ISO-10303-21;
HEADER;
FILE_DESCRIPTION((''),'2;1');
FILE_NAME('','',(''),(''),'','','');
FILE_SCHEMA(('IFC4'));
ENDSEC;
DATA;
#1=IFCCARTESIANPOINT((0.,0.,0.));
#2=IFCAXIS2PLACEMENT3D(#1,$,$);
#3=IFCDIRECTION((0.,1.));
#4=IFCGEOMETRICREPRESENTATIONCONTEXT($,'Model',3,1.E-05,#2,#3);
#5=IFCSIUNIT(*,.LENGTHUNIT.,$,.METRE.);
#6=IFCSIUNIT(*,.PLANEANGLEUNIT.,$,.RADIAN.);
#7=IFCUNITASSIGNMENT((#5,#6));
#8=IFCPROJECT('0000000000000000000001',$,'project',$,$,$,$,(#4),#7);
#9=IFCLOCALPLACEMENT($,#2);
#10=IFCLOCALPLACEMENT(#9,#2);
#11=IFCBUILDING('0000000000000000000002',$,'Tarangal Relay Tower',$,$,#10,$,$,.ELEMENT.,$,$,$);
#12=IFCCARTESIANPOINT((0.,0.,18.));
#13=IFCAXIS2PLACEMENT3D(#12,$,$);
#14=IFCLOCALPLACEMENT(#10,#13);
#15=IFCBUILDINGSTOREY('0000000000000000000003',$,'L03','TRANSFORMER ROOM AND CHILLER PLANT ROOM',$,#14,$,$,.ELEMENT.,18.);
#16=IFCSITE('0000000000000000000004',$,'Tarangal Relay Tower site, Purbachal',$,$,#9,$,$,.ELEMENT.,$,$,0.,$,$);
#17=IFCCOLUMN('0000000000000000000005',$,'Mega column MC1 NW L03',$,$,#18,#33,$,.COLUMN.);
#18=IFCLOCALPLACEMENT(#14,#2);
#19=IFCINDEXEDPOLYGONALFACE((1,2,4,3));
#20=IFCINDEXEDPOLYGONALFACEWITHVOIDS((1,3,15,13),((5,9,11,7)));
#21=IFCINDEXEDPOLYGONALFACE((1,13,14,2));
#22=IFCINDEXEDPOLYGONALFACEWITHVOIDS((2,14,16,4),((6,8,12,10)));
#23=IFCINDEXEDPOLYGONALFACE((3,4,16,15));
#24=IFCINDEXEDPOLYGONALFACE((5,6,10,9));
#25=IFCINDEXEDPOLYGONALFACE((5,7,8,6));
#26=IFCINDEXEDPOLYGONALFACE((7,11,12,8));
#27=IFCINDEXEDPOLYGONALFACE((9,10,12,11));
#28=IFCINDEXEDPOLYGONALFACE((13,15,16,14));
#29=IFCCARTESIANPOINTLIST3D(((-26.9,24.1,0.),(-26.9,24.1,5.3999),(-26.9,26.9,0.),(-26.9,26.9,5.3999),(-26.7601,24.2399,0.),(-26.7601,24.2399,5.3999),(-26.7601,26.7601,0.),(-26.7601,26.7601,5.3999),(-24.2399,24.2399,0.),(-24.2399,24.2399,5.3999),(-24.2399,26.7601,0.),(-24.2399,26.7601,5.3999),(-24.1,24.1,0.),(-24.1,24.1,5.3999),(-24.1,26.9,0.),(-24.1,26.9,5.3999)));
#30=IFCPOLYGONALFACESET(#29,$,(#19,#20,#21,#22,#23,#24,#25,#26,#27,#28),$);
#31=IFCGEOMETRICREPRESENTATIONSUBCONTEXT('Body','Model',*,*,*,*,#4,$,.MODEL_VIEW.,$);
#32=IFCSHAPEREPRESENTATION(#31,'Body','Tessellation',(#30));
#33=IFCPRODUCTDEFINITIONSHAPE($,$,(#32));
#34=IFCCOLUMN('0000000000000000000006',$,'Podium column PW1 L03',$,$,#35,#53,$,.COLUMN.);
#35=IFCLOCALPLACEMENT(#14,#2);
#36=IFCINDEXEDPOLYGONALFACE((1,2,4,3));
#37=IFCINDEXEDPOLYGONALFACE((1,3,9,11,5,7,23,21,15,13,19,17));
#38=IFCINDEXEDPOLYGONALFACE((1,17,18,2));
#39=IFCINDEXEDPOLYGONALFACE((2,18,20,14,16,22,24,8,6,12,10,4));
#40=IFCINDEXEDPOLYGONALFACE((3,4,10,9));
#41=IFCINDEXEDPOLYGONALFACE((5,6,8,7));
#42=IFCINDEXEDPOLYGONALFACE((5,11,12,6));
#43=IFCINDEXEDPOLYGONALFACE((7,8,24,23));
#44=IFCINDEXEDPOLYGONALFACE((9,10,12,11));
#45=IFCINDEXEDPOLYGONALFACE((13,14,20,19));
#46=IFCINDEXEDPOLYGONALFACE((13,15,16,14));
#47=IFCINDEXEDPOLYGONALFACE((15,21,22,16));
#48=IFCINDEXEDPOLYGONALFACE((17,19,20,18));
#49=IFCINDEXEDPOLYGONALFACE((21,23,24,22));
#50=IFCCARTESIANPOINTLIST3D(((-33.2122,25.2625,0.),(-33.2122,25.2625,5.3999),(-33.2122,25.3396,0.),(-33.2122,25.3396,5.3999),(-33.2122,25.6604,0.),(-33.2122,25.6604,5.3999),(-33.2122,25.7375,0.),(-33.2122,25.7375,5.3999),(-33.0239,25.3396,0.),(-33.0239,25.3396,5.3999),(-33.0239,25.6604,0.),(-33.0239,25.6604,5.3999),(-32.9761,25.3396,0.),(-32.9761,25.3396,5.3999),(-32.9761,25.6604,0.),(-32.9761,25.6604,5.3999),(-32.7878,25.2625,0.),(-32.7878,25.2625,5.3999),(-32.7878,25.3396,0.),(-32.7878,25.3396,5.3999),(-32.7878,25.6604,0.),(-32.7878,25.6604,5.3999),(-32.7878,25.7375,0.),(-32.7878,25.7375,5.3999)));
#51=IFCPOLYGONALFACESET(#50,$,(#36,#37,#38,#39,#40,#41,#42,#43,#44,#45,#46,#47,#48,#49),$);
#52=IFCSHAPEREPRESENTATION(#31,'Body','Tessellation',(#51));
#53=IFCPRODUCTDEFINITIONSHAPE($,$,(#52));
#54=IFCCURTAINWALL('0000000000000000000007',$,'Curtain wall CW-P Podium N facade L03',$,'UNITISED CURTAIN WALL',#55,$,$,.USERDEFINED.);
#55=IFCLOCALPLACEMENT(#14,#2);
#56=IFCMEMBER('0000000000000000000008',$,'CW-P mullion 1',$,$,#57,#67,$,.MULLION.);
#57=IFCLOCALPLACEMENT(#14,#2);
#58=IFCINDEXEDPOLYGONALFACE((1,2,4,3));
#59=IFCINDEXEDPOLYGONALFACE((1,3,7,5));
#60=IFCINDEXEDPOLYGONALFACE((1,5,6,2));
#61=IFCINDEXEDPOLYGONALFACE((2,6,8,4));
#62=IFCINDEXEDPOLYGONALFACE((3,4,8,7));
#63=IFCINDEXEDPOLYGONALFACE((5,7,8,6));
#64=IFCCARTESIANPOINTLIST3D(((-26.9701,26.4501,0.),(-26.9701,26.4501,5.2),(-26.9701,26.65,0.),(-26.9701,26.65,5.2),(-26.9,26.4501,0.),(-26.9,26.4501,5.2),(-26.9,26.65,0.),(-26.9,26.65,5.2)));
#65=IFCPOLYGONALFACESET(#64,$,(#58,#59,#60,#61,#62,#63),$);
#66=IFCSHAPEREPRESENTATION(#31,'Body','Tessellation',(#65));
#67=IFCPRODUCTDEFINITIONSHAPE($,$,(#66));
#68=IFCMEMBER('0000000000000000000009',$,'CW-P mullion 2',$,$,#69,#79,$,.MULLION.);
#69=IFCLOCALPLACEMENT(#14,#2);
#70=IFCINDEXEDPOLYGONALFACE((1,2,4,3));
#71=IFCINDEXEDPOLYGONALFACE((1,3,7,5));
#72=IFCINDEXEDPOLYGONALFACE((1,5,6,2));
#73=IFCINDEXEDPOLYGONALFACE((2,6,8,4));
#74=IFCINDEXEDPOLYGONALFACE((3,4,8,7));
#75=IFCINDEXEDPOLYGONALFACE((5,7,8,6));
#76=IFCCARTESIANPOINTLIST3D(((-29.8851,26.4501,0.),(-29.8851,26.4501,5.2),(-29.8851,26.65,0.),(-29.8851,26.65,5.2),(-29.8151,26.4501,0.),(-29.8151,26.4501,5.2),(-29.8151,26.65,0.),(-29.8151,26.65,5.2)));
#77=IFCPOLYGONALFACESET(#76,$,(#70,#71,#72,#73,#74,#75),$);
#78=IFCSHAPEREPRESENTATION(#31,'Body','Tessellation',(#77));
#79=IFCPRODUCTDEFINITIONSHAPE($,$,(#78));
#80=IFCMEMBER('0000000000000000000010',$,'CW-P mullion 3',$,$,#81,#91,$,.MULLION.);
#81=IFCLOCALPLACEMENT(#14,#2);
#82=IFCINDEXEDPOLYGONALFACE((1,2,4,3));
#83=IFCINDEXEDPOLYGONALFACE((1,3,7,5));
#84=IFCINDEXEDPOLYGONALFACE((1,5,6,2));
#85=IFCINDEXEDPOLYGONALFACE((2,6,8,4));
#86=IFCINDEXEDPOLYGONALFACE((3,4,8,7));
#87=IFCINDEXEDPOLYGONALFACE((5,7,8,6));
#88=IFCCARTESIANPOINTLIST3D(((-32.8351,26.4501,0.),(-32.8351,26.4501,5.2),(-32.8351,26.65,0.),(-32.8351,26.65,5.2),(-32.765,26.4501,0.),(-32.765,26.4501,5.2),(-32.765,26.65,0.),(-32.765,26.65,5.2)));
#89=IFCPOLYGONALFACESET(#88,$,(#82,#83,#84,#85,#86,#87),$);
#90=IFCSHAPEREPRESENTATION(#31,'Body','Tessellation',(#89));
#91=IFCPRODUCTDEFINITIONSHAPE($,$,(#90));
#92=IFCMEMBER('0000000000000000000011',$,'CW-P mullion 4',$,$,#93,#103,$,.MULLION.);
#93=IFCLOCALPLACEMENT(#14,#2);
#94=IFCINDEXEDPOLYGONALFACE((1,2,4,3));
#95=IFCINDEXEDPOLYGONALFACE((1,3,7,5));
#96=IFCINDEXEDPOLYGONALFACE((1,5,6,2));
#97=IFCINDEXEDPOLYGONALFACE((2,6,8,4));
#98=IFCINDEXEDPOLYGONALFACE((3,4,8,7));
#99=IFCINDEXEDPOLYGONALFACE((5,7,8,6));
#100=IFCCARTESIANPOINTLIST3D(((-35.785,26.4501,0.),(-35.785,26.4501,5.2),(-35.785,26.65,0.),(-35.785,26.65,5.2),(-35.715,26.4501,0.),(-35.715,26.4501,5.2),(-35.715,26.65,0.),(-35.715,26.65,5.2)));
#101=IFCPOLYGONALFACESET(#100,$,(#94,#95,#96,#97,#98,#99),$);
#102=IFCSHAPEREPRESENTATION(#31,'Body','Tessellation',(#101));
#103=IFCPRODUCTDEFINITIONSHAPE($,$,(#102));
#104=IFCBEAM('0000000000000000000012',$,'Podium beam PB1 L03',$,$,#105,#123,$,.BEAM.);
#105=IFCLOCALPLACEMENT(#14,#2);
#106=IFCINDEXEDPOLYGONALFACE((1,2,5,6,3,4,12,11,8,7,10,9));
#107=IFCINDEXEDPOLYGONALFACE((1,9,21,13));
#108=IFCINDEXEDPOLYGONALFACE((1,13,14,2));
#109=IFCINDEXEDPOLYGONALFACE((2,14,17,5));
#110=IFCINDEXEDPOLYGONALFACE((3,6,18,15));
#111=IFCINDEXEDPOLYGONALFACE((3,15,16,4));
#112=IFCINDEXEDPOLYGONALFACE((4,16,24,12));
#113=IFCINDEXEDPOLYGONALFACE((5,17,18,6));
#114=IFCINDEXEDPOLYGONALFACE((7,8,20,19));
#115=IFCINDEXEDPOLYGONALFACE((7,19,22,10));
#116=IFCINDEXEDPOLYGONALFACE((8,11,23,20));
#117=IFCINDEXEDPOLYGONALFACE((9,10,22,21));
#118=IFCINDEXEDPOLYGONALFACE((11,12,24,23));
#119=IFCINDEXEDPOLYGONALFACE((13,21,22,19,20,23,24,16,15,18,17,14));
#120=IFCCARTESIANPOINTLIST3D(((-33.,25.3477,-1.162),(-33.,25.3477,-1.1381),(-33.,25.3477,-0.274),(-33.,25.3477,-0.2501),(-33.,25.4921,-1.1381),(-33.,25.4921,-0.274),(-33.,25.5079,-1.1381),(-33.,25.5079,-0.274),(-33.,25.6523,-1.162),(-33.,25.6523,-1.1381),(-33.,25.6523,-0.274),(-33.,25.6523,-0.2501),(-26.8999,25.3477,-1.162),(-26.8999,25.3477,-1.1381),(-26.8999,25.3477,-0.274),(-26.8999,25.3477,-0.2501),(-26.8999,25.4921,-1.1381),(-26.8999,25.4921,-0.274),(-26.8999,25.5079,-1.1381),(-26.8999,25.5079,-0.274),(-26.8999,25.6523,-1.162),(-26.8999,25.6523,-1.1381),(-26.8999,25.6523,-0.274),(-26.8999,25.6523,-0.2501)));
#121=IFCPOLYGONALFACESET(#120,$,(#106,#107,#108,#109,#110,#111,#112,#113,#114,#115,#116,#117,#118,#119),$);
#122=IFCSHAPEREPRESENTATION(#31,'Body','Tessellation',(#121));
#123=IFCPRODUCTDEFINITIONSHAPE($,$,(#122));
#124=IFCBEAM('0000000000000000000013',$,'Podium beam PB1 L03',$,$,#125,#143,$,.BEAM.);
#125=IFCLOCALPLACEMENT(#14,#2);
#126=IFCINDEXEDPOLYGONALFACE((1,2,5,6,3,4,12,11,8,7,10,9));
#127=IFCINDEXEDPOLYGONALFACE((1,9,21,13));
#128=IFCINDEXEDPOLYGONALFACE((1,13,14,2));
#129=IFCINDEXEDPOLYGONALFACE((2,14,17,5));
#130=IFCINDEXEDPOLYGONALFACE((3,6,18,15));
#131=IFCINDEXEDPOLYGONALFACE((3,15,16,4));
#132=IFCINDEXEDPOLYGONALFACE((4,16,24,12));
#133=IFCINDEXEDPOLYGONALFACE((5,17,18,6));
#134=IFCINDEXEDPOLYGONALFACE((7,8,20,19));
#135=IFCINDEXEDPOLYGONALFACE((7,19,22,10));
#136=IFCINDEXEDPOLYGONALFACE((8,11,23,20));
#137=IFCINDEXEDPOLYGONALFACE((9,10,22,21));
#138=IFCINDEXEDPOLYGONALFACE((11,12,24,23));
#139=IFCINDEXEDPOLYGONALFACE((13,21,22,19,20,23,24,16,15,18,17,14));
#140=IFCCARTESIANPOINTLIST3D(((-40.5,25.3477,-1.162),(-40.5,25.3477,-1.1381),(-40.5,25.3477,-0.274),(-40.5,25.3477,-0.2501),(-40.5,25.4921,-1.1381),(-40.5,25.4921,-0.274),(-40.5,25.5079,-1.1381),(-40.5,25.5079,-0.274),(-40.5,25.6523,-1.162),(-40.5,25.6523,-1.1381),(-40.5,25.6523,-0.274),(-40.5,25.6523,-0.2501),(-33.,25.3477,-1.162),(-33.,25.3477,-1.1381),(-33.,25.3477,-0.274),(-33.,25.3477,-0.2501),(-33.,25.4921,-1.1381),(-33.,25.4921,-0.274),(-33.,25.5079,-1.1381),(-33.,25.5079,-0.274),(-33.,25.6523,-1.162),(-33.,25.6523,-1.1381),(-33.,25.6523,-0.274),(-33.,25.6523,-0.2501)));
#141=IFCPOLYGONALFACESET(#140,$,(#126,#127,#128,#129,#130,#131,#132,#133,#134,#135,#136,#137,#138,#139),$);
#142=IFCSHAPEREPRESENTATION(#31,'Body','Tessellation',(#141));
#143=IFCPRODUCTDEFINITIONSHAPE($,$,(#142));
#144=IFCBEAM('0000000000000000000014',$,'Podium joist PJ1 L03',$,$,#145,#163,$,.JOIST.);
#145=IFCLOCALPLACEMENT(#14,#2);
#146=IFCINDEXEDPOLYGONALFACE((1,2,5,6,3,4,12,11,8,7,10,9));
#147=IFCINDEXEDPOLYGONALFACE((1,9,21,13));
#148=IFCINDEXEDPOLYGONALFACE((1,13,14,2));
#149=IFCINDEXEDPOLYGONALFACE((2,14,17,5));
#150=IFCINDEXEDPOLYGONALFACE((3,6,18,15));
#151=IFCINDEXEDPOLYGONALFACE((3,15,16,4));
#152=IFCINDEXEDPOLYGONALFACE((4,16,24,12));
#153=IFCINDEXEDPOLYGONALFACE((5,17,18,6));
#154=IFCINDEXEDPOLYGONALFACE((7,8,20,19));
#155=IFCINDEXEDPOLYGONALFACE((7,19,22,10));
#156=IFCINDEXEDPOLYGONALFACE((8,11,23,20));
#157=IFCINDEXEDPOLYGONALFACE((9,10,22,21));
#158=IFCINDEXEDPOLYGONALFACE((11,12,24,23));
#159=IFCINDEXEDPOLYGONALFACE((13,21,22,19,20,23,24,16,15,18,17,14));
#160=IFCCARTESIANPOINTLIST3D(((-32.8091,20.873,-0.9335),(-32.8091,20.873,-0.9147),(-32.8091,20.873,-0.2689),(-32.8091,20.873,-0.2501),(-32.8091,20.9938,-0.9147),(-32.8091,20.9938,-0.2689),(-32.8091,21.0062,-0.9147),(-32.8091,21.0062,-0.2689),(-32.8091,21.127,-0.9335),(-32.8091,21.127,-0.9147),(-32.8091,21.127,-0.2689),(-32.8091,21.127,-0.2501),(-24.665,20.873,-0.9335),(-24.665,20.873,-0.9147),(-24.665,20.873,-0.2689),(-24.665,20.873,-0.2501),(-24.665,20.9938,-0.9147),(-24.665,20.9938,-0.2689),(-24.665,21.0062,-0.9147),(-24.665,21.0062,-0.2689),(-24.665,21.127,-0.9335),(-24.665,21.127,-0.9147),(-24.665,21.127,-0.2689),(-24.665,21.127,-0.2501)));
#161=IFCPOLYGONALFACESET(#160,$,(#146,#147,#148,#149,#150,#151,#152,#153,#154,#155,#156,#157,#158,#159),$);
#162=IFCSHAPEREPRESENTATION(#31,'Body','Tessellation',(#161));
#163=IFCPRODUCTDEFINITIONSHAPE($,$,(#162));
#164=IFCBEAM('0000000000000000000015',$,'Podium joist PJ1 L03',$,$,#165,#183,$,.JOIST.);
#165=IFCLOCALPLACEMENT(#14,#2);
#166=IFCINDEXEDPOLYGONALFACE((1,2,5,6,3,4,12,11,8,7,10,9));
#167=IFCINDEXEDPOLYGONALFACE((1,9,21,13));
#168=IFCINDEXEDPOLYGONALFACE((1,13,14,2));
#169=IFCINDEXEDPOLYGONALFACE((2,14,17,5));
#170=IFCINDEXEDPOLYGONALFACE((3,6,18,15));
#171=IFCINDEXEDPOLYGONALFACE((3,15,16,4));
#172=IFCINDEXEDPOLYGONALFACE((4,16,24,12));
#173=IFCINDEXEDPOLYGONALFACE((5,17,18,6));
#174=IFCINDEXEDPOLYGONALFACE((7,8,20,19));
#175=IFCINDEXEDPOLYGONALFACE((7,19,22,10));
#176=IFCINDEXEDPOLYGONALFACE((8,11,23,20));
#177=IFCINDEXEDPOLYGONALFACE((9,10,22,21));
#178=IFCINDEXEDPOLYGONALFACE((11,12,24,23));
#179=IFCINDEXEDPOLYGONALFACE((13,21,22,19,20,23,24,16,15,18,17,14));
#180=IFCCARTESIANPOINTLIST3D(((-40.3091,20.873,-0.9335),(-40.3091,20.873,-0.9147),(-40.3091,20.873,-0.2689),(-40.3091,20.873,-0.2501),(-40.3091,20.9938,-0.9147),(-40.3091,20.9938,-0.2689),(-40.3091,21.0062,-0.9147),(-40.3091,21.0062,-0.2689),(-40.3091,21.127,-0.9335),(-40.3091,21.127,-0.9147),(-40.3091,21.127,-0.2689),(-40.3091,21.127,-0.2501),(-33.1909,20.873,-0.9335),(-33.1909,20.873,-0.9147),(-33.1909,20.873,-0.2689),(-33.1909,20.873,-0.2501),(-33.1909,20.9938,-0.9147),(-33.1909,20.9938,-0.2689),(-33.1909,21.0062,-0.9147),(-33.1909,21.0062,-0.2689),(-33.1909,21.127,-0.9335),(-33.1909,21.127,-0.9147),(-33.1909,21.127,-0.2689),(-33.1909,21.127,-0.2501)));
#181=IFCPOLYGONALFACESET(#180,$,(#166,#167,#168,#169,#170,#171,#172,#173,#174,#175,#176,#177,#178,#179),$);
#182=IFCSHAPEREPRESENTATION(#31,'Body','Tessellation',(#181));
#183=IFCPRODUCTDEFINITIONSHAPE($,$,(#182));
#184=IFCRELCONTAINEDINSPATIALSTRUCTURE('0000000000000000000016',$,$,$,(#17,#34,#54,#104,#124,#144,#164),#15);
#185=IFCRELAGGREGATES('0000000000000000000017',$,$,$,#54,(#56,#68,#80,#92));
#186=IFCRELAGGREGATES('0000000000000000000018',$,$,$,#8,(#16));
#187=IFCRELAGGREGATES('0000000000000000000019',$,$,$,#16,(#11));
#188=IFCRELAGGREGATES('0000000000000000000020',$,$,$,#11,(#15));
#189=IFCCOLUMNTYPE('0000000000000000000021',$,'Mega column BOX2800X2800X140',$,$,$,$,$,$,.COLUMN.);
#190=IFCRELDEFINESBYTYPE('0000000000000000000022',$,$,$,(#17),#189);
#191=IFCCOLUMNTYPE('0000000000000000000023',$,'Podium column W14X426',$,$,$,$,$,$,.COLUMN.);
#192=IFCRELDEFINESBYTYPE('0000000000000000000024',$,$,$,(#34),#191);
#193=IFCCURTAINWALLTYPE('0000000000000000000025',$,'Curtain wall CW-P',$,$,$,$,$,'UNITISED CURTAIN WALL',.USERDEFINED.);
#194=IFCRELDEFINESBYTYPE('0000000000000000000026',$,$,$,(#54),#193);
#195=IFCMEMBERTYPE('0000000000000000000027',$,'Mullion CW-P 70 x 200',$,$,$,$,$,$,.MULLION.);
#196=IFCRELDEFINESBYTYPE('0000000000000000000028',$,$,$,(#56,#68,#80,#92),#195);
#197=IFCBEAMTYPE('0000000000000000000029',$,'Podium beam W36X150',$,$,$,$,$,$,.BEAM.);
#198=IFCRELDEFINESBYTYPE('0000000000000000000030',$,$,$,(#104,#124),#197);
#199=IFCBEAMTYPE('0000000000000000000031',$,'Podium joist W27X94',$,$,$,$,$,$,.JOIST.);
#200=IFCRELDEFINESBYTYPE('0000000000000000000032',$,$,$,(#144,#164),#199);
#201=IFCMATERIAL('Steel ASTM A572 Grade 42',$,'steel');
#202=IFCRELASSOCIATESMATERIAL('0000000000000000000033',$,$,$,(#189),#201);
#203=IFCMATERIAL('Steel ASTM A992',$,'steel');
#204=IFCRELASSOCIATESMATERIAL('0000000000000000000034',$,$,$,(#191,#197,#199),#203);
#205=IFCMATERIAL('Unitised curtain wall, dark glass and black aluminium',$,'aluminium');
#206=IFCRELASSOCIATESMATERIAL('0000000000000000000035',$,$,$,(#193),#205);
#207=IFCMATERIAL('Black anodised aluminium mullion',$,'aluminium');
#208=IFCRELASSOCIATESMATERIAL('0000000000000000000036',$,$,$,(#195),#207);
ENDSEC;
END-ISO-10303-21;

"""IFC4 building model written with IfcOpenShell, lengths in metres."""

from ifc_helpers import new_model, si_unit, direction, frame, origin, origin_2d, place, context, subcontext, project, spatial, rectangle, hollow_rectangle, i_section, extrude, material, material_profile, profile_set, type_object, element, aggregate, save


model = new_model("IFC4")

# Units and contexts
model_context = context("Model", 3, precision=1e-05, world=origin(), true_north=direction((0.0, 1.0)))
body_context = subcontext(model_context, "Body", "Model", "MODEL_VIEW")
ifc_project = project(units=[si_unit("LENGTHUNIT", "METRE"), si_unit("PLANEANGLEUNIT", "RADIAN")], contexts=[model_context])

# Site, building, storey
site_placement = place(None, origin())
site = spatial("IfcSite", under=ifc_project, at=site_placement, Name="Tarangal Relay Tower site, Purbachal", CompositionType="ELEMENT", RefElevation=0.0)
building_placement = place(site_placement, origin())
building = spatial("IfcBuilding", under=site, at=building_placement, Name="Tarangal Relay Tower", CompositionType="ELEMENT")
storey_placement = place(building_placement, frame((0.0, 0.0, 18.0)))
storey = spatial("IfcBuildingStorey", under=building, at=storey_placement, Name="L03", Description="TRANSFORMER ROOM AND CHILLER PLANT ROOM", CompositionType="ELEMENT", Elevation=18.0)

# Columns
ifc_material_1 = material(Name="Steel ASTM A572 Grade 42", Category="steel")
ifc_material_profile_1 = material_profile(ifc_material_1, hollow_rectangle(XDim=2.8, YDim=2.8, WallThickness=0.1399, at=origin_2d()), Name="BOX2800X2800X140")
ifc_profile_set_1 = profile_set([ifc_material_profile_1], Name="Steel ASTM A572 Grade 42")
column_type_1 = type_object("IfcColumnType", Name="Mega column BOX2800X2800X140", PredefinedType="COLUMN", material=ifc_profile_set_1)
column_1_placement = place(storey_placement, frame((-25.5, 25.5, 0.0), z_axis=(0.0, 0.0, 1.0), x_axis=(1.0, 0.0, 0.0)))
element("IfcColumn", 1, at=column_1_placement, inside=storey, type_object=column_type_1, Name="Mega column MC1 NW L03", PredefinedType="COLUMN", context=body_context, shape_type="SweptSolid", body=[
    extrude(hollow_rectangle(XDim=2.8, YDim=2.8, WallThickness=0.1399, at=origin_2d()), origin(), (0.0, 0.0, 1.0), 5.3999),
])
ifc_material_2 = material(Name="Steel ASTM A992", Category="steel")
ifc_material_profile_2 = material_profile(ifc_material_2, i_section(OverallWidth=0.4243, OverallDepth=0.4751, WebThickness=0.0479, FlangeThickness=0.0771, at=origin_2d()), Name="W14X426")
ifc_profile_set_2 = profile_set([ifc_material_profile_2], Name="Steel ASTM A992")
column_type_2 = type_object("IfcColumnType", Name="Podium column W14X426", PredefinedType="COLUMN", material=ifc_profile_set_2)
column_2_placement = place(storey_placement, frame((-33.0, 25.5, 0.0), z_axis=(0.0, 0.0, 1.0), x_axis=(1.0, 0.0, 0.0)))
element("IfcColumn", 2, at=column_2_placement, inside=storey, type_object=column_type_2, Name="Podium column PW1 L03", PredefinedType="COLUMN", context=body_context, shape_type="SweptSolid", body=[
    extrude(i_section(OverallWidth=0.4243, OverallDepth=0.4751, WebThickness=0.0479, FlangeThickness=0.0771, at=origin_2d()), origin(), (0.0, 0.0, 1.0), 5.3999),
])

# Curtain wall, members
ifc_material_3 = material(Name="Unitised curtain wall, dark glass and black aluminium", Category="aluminium")
curtain_wall_type = type_object("IfcCurtainWallType", Name="Curtain wall CW-P", ElementType="UNITISED CURTAIN WALL", PredefinedType="USERDEFINED", material=ifc_material_3)
curtain_wall_placement = place(storey_placement, origin())
curtain_wall = element("IfcCurtainWall", 3, at=curtain_wall_placement, inside=storey, type_object=curtain_wall_type, Name="Curtain wall CW-P Podium N facade L03", ObjectType="UNITISED CURTAIN WALL", PredefinedType="USERDEFINED")
ifc_material_4 = material(Name="Black anodised aluminium mullion", Category="aluminium")
ifc_material_profile_3 = material_profile(ifc_material_4, rectangle(XDim=0.2, YDim=0.0701, at=origin_2d()), Name="CW-PM 70X200")
ifc_profile_set_3 = profile_set([ifc_material_profile_3], Name="Black anodised aluminium mullion")
member_type_1 = type_object("IfcMemberType", Name="Mullion CW-P 70 x 200", PredefinedType="MULLION", material=ifc_profile_set_3)
member_1_placement = place(storey_placement, frame((-26.9351, 26.55, 0.0), z_axis=(0.0, 0.0, 1.0), x_axis=(0.0, -1.0, 0.0)))
member_1 = element("IfcMember", 4, at=member_1_placement, type_object=member_type_1, Name="CW-P mullion 1", PredefinedType="MULLION", context=body_context, shape_type="SweptSolid", body=[
    extrude(rectangle(XDim=0.2, YDim=0.0701, at=origin_2d()), origin(), (0.0, 0.0, 1.0), 5.2),
])
member_2_placement = place(storey_placement, frame((-29.8501, 26.55, 0.0), z_axis=(0.0, 0.0, 1.0), x_axis=(0.0, -1.0, 0.0)))
member_2 = element("IfcMember", 5, at=member_2_placement, type_object=member_type_1, Name="CW-P mullion 2", PredefinedType="MULLION", context=body_context, shape_type="SweptSolid", body=[
    extrude(rectangle(XDim=0.2, YDim=0.0701, at=origin_2d()), origin(), (0.0, 0.0, 1.0), 5.2),
])
member_3_placement = place(storey_placement, frame((-32.8, 26.55, 0.0), z_axis=(0.0, 0.0, 1.0), x_axis=(0.0, -1.0, 0.0)))
member_3 = element("IfcMember", 6, at=member_3_placement, type_object=member_type_1, Name="CW-P mullion 3", PredefinedType="MULLION", context=body_context, shape_type="SweptSolid", body=[
    extrude(rectangle(XDim=0.2, YDim=0.0701, at=origin_2d()), origin(), (0.0, 0.0, 1.0), 5.2),
])
member_4_placement = place(storey_placement, frame((-35.75, 26.55, 0.0), z_axis=(0.0, 0.0, 1.0), x_axis=(0.0, -1.0, 0.0)))
member_4 = element("IfcMember", 7, at=member_4_placement, type_object=member_type_1, Name="CW-P mullion 4", PredefinedType="MULLION", context=body_context, shape_type="SweptSolid", body=[
    extrude(rectangle(XDim=0.2, YDim=0.0701, at=origin_2d()), origin(), (0.0, 0.0, 1.0), 5.2),
])

# Beams
ifc_material_profile_4 = material_profile(ifc_material_2, i_section(OverallWidth=0.3047, OverallDepth=0.9119, WebThickness=0.0159, FlangeThickness=0.0239, at=origin_2d()), Name="W36X150")
ifc_profile_set_4 = profile_set([ifc_material_profile_4], Name="Steel ASTM A992")
beam_type_1 = type_object("IfcBeamType", Name="Podium beam W36X150", PredefinedType="BEAM", material=ifc_profile_set_4)
beam_1_placement = place(storey_placement, frame((-26.8999, 25.5, -0.7061), z_axis=(-1.0, 0.0, 0.0), x_axis=(0.0, -1.0, 0.0)))
element("IfcBeam", 8, at=beam_1_placement, inside=storey, type_object=beam_type_1, Name="Podium beam PB1 L03", PredefinedType="BEAM", context=body_context, shape_type="SweptSolid", body=[
    extrude(i_section(OverallWidth=0.3047, OverallDepth=0.9119, WebThickness=0.0159, FlangeThickness=0.0239, at=origin_2d()), origin(), (0.0, 0.0, 1.0), 6.1001),
])
beam_2_placement = place(storey_placement, frame((-33.0, 25.5, -0.7061), z_axis=(-1.0, 0.0, 0.0), x_axis=(0.0, -1.0, 0.0)))
element("IfcBeam", 9, at=beam_2_placement, inside=storey, type_object=beam_type_1, Name="Podium beam PB1 L03", PredefinedType="BEAM", context=body_context, shape_type="SweptSolid", body=[
    extrude(i_section(OverallWidth=0.3047, OverallDepth=0.9119, WebThickness=0.0159, FlangeThickness=0.0239, at=origin_2d()), origin(), (0.0, 0.0, 1.0), 7.5),
])
ifc_material_profile_5 = material_profile(ifc_material_2, i_section(OverallWidth=0.2539, OverallDepth=0.6833, WebThickness=0.0125, FlangeThickness=0.0188, at=origin_2d()), Name="W27X94")
ifc_profile_set_5 = profile_set([ifc_material_profile_5], Name="Steel ASTM A992")
beam_type_2 = type_object("IfcBeamType", Name="Podium joist W27X94", PredefinedType="JOIST", material=ifc_profile_set_5)
beam_3_placement = place(storey_placement, frame((-24.665, 21.0, -0.5918), z_axis=(-1.0, 0.0, 0.0), x_axis=(0.0, -1.0, 0.0)))
element("IfcBeam", 10, at=beam_3_placement, inside=storey, type_object=beam_type_2, Name="Podium joist PJ1 L03", PredefinedType="JOIST", context=body_context, shape_type="SweptSolid", body=[
    extrude(i_section(OverallWidth=0.2539, OverallDepth=0.6833, WebThickness=0.0125, FlangeThickness=0.0188, at=origin_2d()), origin(), (0.0, 0.0, 1.0), 8.144),
])
beam_4_placement = place(storey_placement, frame((-33.1909, 21.0, -0.5918), z_axis=(-1.0, 0.0, 0.0), x_axis=(0.0, -1.0, 0.0)))
element("IfcBeam", 11, at=beam_4_placement, inside=storey, type_object=beam_type_2, Name="Podium joist PJ1 L03", PredefinedType="JOIST", context=body_context, shape_type="SweptSolid", body=[
    extrude(i_section(OverallWidth=0.2539, OverallDepth=0.6833, WebThickness=0.0125, FlangeThickness=0.0188, at=origin_2d()), origin(), (0.0, 0.0, 1.0), 7.1182),
])

aggregate(curtain_wall, [member_1, member_2, member_3, member_4])

save(model, "model.ifc")
